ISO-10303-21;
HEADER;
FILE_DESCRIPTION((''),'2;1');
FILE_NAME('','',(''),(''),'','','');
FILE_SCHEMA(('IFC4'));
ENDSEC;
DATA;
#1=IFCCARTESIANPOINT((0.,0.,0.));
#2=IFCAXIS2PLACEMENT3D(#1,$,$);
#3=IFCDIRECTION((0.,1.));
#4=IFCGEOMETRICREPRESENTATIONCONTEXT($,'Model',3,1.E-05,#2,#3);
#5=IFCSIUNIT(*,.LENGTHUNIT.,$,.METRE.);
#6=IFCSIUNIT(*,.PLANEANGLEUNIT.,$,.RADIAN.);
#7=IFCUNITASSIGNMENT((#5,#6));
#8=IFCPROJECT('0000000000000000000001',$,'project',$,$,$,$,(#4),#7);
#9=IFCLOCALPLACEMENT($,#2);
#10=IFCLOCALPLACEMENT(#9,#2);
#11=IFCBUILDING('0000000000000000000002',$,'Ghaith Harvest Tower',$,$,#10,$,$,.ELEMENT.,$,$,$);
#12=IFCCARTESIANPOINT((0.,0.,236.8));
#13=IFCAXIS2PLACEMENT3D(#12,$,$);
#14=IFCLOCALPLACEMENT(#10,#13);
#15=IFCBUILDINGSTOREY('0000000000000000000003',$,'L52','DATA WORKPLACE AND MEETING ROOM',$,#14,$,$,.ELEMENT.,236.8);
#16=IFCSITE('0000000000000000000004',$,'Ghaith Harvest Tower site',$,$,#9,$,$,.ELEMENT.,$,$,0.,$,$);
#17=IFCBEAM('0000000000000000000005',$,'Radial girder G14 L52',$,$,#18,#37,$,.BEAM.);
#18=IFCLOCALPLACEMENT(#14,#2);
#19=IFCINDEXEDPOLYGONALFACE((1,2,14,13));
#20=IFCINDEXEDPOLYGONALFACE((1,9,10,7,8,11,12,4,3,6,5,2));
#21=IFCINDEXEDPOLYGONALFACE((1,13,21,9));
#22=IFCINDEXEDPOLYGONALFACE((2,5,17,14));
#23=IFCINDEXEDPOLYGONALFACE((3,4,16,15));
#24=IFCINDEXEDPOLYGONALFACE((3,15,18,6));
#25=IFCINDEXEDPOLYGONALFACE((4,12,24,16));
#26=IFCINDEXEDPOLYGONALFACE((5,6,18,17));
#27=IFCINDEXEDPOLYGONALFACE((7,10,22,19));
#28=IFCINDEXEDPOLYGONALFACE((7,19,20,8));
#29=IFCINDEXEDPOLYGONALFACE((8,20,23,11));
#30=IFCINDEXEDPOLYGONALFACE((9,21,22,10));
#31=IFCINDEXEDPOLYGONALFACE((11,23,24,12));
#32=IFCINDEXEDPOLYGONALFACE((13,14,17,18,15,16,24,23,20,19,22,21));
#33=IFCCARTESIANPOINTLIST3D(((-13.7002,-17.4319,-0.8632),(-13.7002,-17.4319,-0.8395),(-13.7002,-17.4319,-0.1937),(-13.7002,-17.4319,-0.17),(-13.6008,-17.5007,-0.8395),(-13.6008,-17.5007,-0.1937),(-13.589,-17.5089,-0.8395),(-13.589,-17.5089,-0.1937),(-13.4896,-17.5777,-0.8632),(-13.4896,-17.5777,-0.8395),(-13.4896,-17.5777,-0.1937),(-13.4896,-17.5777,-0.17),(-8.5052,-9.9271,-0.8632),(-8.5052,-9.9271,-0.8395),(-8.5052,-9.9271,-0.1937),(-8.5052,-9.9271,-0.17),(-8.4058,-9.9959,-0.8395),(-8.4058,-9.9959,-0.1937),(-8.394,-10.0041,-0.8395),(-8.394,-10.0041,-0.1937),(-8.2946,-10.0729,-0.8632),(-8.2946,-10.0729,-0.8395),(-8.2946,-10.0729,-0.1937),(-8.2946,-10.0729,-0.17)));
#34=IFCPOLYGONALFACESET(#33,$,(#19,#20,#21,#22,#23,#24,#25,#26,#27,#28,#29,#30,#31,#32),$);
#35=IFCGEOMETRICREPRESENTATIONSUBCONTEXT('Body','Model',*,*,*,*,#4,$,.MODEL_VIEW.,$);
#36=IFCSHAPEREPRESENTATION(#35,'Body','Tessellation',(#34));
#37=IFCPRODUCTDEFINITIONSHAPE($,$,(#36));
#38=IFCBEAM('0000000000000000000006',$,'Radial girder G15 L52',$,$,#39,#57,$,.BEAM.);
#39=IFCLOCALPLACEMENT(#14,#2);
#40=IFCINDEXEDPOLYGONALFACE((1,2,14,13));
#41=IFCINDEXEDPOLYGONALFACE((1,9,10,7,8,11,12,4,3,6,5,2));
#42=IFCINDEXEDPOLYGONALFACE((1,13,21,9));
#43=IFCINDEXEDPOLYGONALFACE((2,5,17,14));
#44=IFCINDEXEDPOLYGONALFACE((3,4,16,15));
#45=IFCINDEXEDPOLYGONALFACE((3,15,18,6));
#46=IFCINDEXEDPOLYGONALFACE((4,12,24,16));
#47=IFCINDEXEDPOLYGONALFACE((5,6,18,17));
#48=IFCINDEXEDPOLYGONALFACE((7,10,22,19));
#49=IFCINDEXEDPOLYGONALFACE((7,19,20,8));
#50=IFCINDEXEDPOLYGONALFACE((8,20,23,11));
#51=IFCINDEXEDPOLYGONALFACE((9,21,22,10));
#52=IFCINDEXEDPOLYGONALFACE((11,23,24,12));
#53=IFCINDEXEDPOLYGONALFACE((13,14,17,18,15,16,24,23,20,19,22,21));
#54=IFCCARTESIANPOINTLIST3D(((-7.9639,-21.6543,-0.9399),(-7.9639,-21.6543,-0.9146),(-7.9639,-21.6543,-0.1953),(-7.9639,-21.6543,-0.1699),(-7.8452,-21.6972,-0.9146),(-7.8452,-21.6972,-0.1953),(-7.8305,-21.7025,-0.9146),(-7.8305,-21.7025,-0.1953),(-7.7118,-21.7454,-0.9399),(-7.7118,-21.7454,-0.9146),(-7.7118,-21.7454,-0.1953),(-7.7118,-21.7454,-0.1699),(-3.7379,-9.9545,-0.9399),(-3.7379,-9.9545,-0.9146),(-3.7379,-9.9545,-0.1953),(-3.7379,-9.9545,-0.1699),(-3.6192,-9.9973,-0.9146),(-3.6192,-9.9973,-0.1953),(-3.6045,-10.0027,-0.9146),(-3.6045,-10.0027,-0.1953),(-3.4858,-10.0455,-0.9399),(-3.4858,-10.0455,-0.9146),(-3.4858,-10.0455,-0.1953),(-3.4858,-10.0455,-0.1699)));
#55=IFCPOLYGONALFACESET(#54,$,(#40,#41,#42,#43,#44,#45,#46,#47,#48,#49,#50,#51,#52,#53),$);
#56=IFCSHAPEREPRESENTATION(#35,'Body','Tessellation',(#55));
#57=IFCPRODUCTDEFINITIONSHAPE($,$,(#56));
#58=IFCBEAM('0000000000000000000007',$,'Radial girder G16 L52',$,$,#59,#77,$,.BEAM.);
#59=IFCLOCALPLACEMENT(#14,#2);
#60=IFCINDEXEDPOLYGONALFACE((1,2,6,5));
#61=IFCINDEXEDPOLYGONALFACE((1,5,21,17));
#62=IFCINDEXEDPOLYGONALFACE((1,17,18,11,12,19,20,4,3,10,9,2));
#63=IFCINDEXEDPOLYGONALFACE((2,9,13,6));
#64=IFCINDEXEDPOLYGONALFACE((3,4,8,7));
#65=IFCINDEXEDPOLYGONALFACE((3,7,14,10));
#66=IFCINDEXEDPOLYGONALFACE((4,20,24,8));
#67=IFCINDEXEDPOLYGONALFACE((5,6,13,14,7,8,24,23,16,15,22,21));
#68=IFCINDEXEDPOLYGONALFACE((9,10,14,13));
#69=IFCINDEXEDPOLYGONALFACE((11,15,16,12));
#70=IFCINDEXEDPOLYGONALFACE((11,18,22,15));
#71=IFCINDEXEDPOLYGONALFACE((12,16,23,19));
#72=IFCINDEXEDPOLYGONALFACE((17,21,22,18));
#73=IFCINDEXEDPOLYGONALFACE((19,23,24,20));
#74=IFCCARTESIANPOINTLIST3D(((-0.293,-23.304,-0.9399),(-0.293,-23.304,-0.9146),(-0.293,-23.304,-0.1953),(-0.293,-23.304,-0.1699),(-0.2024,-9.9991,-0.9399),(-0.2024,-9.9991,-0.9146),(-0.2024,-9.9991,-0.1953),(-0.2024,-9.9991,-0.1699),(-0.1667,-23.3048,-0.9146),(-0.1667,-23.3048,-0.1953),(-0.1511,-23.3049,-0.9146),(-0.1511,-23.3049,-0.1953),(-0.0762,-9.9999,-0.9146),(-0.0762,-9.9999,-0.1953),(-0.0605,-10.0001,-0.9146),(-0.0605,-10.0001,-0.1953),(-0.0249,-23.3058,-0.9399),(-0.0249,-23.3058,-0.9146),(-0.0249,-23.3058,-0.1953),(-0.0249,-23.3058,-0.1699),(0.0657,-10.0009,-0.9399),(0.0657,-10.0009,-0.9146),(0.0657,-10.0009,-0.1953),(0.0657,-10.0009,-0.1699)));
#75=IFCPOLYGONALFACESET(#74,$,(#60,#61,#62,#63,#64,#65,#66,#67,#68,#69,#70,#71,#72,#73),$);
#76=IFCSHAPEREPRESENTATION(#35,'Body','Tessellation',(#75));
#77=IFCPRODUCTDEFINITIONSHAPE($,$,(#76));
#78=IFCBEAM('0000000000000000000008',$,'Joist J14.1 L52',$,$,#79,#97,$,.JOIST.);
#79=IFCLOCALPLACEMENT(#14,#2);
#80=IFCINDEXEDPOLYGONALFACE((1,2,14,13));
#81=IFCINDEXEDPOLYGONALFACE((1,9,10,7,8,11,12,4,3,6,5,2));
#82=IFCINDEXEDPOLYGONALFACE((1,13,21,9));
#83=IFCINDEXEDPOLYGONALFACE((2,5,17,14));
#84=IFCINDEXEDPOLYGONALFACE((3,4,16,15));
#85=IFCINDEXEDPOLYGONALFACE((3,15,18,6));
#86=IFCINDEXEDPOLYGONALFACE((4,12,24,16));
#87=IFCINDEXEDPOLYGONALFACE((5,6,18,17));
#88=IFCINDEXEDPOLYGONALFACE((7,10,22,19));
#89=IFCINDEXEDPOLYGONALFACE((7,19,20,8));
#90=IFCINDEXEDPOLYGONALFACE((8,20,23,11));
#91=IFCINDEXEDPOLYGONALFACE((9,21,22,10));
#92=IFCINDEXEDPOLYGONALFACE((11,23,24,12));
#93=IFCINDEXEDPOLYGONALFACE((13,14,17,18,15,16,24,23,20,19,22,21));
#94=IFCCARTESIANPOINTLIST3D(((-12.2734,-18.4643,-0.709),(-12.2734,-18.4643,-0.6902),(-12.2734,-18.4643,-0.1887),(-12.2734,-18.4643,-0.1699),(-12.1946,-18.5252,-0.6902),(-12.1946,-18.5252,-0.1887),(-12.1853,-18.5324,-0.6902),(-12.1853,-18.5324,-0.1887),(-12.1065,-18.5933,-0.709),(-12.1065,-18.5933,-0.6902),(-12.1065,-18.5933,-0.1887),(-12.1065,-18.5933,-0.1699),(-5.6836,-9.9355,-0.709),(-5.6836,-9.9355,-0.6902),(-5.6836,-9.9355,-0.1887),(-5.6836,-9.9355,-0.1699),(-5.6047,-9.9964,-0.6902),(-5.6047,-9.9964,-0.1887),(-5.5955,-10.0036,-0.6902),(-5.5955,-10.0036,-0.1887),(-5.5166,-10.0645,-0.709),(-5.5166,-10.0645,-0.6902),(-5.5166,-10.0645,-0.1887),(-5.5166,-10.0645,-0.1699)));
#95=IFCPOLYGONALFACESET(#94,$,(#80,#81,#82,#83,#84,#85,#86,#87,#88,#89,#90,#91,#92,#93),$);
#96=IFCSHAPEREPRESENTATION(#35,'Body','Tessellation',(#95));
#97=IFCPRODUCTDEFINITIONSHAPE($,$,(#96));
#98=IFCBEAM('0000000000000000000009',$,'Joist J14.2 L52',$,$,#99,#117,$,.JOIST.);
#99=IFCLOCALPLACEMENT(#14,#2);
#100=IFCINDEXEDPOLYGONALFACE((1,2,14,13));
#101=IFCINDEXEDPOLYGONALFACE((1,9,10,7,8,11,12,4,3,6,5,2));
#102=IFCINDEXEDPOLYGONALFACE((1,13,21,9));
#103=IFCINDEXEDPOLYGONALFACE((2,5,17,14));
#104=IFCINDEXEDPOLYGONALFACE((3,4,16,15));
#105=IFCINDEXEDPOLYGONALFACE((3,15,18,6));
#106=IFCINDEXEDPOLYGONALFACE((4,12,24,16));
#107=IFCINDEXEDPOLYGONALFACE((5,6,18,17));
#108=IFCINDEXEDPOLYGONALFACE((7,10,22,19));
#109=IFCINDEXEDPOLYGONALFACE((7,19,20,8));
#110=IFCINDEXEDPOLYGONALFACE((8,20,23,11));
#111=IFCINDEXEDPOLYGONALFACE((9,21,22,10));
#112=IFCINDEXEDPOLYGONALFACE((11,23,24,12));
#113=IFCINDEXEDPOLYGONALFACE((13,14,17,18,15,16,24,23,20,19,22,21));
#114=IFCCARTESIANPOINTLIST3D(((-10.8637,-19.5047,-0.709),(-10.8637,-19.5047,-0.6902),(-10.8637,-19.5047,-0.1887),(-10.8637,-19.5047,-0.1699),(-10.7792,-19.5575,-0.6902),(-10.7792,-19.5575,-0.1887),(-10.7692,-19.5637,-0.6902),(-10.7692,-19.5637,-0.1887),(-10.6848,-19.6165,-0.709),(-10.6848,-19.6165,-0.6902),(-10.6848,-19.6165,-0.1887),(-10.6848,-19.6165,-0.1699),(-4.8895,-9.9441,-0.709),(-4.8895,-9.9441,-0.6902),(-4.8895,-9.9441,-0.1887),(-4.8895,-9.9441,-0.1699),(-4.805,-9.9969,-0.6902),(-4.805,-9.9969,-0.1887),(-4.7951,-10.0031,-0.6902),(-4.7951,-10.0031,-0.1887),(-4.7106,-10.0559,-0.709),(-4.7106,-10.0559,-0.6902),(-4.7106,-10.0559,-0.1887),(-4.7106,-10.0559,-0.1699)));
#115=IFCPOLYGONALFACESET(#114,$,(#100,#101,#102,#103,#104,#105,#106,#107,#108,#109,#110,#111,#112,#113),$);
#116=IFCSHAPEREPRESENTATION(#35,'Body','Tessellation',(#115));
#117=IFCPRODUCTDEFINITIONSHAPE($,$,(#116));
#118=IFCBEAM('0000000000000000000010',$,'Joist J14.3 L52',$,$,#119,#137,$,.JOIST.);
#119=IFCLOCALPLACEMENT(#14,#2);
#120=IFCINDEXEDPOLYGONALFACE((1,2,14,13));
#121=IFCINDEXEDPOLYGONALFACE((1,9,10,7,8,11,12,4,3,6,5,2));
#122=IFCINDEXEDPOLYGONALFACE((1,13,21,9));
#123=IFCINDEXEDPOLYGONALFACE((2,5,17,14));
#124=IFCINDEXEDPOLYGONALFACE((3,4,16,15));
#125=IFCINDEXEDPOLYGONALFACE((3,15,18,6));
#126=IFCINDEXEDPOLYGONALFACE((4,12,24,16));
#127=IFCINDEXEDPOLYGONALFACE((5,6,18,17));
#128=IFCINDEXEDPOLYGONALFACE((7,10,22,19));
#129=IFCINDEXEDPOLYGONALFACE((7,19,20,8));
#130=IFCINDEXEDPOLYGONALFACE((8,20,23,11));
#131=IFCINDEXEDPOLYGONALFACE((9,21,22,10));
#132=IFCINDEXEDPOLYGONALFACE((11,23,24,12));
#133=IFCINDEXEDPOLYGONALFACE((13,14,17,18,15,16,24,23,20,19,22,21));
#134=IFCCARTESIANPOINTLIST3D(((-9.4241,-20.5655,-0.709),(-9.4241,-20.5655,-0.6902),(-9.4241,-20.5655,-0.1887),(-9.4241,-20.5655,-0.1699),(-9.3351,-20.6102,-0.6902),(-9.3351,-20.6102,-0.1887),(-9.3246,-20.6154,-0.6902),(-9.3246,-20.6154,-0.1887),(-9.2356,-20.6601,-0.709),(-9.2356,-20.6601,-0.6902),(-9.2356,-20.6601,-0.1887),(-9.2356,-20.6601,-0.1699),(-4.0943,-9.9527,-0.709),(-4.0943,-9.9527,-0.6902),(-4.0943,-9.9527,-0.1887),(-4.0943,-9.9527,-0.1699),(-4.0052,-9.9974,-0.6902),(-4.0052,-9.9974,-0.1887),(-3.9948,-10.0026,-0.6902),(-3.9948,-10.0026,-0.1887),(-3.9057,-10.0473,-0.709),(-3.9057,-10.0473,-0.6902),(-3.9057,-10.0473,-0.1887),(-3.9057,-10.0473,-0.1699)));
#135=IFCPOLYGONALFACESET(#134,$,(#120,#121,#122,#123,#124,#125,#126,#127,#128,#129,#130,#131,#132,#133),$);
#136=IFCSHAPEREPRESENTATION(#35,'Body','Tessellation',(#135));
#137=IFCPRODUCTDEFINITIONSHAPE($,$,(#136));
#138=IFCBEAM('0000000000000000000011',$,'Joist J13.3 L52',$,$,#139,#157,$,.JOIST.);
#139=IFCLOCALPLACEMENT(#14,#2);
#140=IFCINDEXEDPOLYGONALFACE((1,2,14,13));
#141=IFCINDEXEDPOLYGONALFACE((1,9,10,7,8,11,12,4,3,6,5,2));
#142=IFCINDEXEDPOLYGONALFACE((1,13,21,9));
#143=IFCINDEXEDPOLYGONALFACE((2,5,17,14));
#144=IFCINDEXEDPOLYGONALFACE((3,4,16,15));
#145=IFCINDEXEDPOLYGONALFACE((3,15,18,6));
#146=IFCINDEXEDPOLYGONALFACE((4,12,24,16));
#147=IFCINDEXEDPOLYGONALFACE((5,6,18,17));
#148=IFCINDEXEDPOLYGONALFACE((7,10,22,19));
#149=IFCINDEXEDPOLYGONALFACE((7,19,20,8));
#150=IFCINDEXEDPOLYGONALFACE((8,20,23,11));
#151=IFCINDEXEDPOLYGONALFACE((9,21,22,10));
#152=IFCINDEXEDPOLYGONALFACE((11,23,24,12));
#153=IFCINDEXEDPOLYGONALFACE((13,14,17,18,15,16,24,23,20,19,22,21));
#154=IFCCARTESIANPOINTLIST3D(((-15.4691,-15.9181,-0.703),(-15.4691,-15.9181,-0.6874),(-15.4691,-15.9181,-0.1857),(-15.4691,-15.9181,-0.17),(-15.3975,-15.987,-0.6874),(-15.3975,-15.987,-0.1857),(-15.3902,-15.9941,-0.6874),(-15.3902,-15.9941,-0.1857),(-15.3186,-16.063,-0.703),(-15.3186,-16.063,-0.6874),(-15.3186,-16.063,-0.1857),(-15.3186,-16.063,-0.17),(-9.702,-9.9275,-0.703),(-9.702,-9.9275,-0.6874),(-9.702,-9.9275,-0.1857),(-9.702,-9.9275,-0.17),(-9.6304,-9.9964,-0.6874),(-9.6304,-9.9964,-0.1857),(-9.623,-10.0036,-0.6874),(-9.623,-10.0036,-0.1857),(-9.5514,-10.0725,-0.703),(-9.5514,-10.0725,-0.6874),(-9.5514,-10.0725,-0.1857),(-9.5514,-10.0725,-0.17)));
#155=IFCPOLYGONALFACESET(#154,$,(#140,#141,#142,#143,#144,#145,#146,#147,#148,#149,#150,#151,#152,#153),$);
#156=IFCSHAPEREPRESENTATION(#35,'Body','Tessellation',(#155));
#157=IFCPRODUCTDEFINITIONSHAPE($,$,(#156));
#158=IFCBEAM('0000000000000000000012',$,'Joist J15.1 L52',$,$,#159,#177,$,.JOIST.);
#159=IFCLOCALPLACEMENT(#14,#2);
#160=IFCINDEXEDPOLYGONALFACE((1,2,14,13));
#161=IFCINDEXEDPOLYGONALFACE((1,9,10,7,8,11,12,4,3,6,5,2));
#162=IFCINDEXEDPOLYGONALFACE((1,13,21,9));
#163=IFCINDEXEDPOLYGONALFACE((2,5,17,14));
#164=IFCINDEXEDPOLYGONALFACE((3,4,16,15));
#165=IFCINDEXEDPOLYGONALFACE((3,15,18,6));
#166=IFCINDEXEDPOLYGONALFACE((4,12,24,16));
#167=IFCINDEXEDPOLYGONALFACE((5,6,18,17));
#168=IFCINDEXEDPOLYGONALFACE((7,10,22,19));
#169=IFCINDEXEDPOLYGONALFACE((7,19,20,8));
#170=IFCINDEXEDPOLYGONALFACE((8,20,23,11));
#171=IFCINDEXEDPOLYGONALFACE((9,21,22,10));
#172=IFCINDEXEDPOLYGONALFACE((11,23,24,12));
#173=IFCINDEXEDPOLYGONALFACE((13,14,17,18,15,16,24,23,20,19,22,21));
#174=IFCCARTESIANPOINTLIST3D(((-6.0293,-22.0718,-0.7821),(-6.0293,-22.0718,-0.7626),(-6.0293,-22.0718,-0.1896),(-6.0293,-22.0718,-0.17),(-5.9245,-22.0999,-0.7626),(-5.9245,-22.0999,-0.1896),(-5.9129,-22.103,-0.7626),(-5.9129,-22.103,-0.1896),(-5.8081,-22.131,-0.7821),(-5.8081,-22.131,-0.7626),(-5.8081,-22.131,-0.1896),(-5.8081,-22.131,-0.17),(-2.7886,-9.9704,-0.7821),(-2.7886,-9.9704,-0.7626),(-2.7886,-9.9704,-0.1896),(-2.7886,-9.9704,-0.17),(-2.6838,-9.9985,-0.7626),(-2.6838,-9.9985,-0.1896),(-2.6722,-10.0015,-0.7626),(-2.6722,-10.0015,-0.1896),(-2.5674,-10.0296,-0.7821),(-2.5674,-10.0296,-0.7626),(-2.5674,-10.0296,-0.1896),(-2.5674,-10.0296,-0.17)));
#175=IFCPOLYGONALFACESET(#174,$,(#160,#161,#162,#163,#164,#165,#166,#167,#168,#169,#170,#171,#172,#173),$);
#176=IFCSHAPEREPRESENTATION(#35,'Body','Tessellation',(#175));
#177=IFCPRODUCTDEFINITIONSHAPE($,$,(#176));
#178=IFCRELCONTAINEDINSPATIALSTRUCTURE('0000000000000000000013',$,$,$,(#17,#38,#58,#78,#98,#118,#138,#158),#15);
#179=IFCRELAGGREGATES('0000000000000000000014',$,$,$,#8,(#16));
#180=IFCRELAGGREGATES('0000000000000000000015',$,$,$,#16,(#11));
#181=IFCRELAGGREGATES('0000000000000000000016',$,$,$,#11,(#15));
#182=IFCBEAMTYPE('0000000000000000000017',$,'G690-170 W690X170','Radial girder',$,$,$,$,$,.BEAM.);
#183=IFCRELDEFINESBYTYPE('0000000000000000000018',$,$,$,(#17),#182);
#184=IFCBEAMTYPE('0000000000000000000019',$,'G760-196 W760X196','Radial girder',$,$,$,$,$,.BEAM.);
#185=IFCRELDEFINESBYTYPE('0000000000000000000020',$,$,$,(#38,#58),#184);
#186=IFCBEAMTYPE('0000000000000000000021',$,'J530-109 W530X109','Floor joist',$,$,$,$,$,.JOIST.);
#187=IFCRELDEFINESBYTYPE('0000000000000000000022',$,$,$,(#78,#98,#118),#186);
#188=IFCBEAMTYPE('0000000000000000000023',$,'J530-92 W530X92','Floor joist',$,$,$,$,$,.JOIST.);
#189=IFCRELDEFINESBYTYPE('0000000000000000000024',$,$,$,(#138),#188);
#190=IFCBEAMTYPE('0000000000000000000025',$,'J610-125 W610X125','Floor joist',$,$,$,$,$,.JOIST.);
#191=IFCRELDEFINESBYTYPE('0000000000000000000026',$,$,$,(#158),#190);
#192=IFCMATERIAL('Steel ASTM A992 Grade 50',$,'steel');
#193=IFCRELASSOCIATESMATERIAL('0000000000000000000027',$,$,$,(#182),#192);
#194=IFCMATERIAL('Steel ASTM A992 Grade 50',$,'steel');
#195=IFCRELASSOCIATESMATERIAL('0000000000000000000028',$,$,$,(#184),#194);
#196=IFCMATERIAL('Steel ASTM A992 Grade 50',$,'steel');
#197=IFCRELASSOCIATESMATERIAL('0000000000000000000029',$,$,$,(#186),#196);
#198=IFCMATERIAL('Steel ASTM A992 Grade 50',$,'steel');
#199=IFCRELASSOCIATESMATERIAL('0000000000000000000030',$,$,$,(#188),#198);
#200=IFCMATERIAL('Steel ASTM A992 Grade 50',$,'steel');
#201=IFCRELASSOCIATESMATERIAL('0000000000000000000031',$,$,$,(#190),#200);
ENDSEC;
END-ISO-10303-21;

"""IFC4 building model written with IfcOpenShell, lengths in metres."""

from ifc_helpers import new_model, si_unit, direction, frame, origin, origin_2d, place, context, subcontext, project, spatial, i_section, extrude, material, material_profile, profile_set, type_object, element, save


model = new_model("IFC4")

# Units and contexts
model_context = context("Model", 3, precision=1e-05, world=origin(), true_north=direction((0.0, 1.0)))
body_context = subcontext(model_context, "Body", "Model", "MODEL_VIEW")
ifc_project = project(units=[si_unit("LENGTHUNIT", "METRE"), si_unit("PLANEANGLEUNIT", "RADIAN")], contexts=[model_context])

# Site, building, storey
site_placement = place(None, origin())
site = spatial("IfcSite", under=ifc_project, at=site_placement, Name="Ghaith Harvest Tower site", CompositionType="ELEMENT", RefElevation=0.0)
building_placement = place(site_placement, origin())
building = spatial("IfcBuilding", under=site, at=building_placement, Name="Ghaith Harvest Tower", CompositionType="ELEMENT")
storey_placement = place(building_placement, frame((0.0, 0.0, 236.8)))
storey = spatial("IfcBuildingStorey", under=building, at=storey_placement, Name="L52", Description="DATA WORKPLACE AND MEETING ROOM", CompositionType="ELEMENT", Elevation=236.8)

# Beams
ifc_material_1 = material(Name="Steel ASTM A992 Grade 50", Category="steel")
ifc_material_profile_1 = material_profile(ifc_material_1, i_section(OverallWidth=0.2561, OverallDepth=0.6931, WebThickness=0.0144, FlangeThickness=0.0237, at=origin_2d()), Name="W690X170")
ifc_profile_set_1 = profile_set([ifc_material_profile_1], Name="Steel ASTM A992 Grade 50")
beam_type_1 = type_object("IfcBeamType", Name="G690-170 W690X170", Description="Radial girder", PredefinedType="BEAM", material=ifc_profile_set_1)
beam_1_placement = place(storey_placement, frame((-8.3999, -10.0, -0.5166), z_axis=(-0.569164, -0.822224, 0.0), x_axis=(0.822224, -0.569164, 0.0)))
element("IfcBeam", 1, at=beam_1_placement, inside=storey, type_object=beam_type_1, Name="Radial girder G14 L52", PredefinedType="BEAM", context=body_context, shape_type="SweptSolid", body=[
    extrude(i_section(OverallWidth=0.2561, OverallDepth=0.6931, WebThickness=0.0144, FlangeThickness=0.0237, at=origin_2d()), origin(), (0.0, 0.0, 1.0), 9.1274),
])
ifc_material_2 = material(Name="Steel ASTM A992 Grade 50", Category="steel")
ifc_material_profile_2 = material_profile(ifc_material_2, i_section(OverallWidth=0.2681, OverallDepth=0.77, WebThickness=0.0156, FlangeThickness=0.0254, at=origin_2d()), Name="W760X196")
ifc_profile_set_2 = profile_set([ifc_material_profile_2], Name="Steel ASTM A992 Grade 50")
beam_type_2 = type_object("IfcBeamType", Name="G760-196 W760X196", Description="Radial girder", PredefinedType="BEAM", material=ifc_profile_set_2)
beam_2_placement = place(storey_placement, frame((-3.6118, -10.0, -0.5549), z_axis=(-0.339722, -0.940526, 0.0), x_axis=(0.940526, -0.339722, 0.0)))
element("IfcBeam", 2, at=beam_2_placement, inside=storey, type_object=beam_type_2, Name="Radial girder G15 L52", PredefinedType="BEAM", context=body_context, shape_type="SweptSolid", body=[
    extrude(i_section(OverallWidth=0.2681, OverallDepth=0.77, WebThickness=0.0156, FlangeThickness=0.0254, at=origin_2d()), origin(), (0.0, 0.0, 1.0), 12.4397),
])
beam_3_placement = place(storey_placement, frame((-0.0684, -10.0, -0.5549), z_axis=(-0.006808, -0.999977, 0.0), x_axis=(0.999977, -0.006808, 0.0)))
element("IfcBeam", 3, at=beam_3_placement, inside=storey, type_object=beam_type_2, Name="Radial girder G16 L52", PredefinedType="BEAM", context=body_context, shape_type="SweptSolid", body=[
    extrude(i_section(OverallWidth=0.2681, OverallDepth=0.77, WebThickness=0.0156, FlangeThickness=0.0254, at=origin_2d()), origin(), (0.0, 0.0, 1.0), 13.3052),
])
ifc_material_3 = material(Name="Steel ASTM A992 Grade 50", Category="steel")
ifc_material_profile_3 = material_profile(ifc_material_3, i_section(OverallWidth=0.2109, OverallDepth=0.5391, WebThickness=0.0117, FlangeThickness=0.0188, at=origin_2d()), Name="W530X109")
ifc_profile_set_3 = profile_set([ifc_material_profile_3], Name="Steel ASTM A992 Grade 50")
beam_type_3 = type_object("IfcBeamType", Name="J530-109 W530X109", Description="Floor joist", PredefinedType="JOIST", material=ifc_profile_set_3)
beam_4_placement = place(storey_placement, frame((-5.6001, -10.0, -0.4395), z_axis=(-0.611413, -0.791312, 0.0), x_axis=(0.791312, -0.611413, 0.0)))
element("IfcBeam", 4, at=beam_4_placement, inside=storey, type_object=beam_type_3, Name="Joist J14.1 L52", PredefinedType="JOIST", context=body_context, shape_type="SweptSolid", body=[
    extrude(i_section(OverallWidth=0.2109, OverallDepth=0.5391, WebThickness=0.0117, FlangeThickness=0.0188, at=origin_2d()), origin(), (0.0, 0.0, 1.0), 10.7781),
])
beam_5_placement = place(storey_placement, frame((-4.8, -10.0, -0.4395), z_axis=(-0.529921, -0.848047, 0.0), x_axis=(0.848047, -0.529921, 0.0)))
element("IfcBeam", 5, at=beam_5_placement, inside=storey, type_object=beam_type_3, Name="Joist J14.2 L52", PredefinedType="JOIST", context=body_context, shape_type="SweptSolid", body=[
    extrude(i_section(OverallWidth=0.2109, OverallDepth=0.5391, WebThickness=0.0117, FlangeThickness=0.0188, at=origin_2d()), origin(), (0.0, 0.0, 1.0), 11.2737),
])
beam_6_placement = place(storey_placement, frame((-4.0, -10.0, -0.4395), z_axis=(-0.448792, -0.893636, 0.0), x_axis=(0.893636, -0.448792, 0.0)))
element("IfcBeam", 6, at=beam_6_placement, inside=storey, type_object=beam_type_3, Name="Joist J14.3 L52", PredefinedType="JOIST", context=body_context, shape_type="SweptSolid", body=[
    extrude(i_section(OverallWidth=0.2109, OverallDepth=0.5391, WebThickness=0.0117, FlangeThickness=0.0188, at=origin_2d()), origin(), (0.0, 0.0, 1.0), 11.876),
])
ifc_material_4 = material(Name="Steel ASTM A992 Grade 50", Category="steel")
ifc_material_profile_4 = material_profile(ifc_material_4, i_section(OverallWidth=0.209, OverallDepth=0.533, WebThickness=0.0103, FlangeThickness=0.0156, at=origin_2d()), Name="W530X92")
ifc_profile_set_4 = profile_set([ifc_material_profile_4], Name="Steel ASTM A992 Grade 50")
beam_type_4 = type_object("IfcBeamType", Name="J530-92 W530X92", Description="Floor joist", PredefinedType="JOIST", material=ifc_profile_set_4)
beam_7_placement = place(storey_placement, frame((-9.6267, -10.0, -0.4365), z_axis=(-0.693547, -0.720411, 0.0), x_axis=(0.720411, -0.693547, 0.0)))
element("IfcBeam", 7, at=beam_7_placement, inside=storey, type_object=beam_type_4, Name="Joist J13.3 L52", PredefinedType="JOIST", context=body_context, shape_type="SweptSolid", body=[
    extrude(i_section(OverallWidth=0.209, OverallDepth=0.533, WebThickness=0.0103, FlangeThickness=0.0156, at=origin_2d()), origin(), (0.0, 0.0, 1.0), 8.3154),
])
ifc_material_5 = material(Name="Steel ASTM A992 Grade 50", Category="steel")
ifc_material_profile_5 = material_profile(ifc_material_5, i_section(OverallWidth=0.229, OverallDepth=0.6121, WebThickness=0.012, FlangeThickness=0.0195, at=origin_2d()), Name="W610X125")
ifc_profile_set_5 = profile_set([ifc_material_profile_5], Name="Steel ASTM A992 Grade 50")
beam_type_5 = type_object("IfcBeamType", Name="J610-125 W610X125", Description="Floor joist", PredefinedType="JOIST", material=ifc_profile_set_5)
beam_8_placement = place(storey_placement, frame((-2.678, -10.0, -0.4761), z_axis=(-0.258684, -0.965962, 0.0), x_axis=(0.965962, -0.258684, 0.0)))
element("IfcBeam", 8, at=beam_8_placement, inside=storey, type_object=beam_type_5, Name="Joist J15.1 L52", PredefinedType="JOIST", context=body_context, shape_type="SweptSolid", body=[
    extrude(i_section(OverallWidth=0.229, OverallDepth=0.6121, WebThickness=0.012, FlangeThickness=0.0195, at=origin_2d()), origin(), (0.0, 0.0, 1.0), 12.5278),
])

save(model, "model.ifc")
